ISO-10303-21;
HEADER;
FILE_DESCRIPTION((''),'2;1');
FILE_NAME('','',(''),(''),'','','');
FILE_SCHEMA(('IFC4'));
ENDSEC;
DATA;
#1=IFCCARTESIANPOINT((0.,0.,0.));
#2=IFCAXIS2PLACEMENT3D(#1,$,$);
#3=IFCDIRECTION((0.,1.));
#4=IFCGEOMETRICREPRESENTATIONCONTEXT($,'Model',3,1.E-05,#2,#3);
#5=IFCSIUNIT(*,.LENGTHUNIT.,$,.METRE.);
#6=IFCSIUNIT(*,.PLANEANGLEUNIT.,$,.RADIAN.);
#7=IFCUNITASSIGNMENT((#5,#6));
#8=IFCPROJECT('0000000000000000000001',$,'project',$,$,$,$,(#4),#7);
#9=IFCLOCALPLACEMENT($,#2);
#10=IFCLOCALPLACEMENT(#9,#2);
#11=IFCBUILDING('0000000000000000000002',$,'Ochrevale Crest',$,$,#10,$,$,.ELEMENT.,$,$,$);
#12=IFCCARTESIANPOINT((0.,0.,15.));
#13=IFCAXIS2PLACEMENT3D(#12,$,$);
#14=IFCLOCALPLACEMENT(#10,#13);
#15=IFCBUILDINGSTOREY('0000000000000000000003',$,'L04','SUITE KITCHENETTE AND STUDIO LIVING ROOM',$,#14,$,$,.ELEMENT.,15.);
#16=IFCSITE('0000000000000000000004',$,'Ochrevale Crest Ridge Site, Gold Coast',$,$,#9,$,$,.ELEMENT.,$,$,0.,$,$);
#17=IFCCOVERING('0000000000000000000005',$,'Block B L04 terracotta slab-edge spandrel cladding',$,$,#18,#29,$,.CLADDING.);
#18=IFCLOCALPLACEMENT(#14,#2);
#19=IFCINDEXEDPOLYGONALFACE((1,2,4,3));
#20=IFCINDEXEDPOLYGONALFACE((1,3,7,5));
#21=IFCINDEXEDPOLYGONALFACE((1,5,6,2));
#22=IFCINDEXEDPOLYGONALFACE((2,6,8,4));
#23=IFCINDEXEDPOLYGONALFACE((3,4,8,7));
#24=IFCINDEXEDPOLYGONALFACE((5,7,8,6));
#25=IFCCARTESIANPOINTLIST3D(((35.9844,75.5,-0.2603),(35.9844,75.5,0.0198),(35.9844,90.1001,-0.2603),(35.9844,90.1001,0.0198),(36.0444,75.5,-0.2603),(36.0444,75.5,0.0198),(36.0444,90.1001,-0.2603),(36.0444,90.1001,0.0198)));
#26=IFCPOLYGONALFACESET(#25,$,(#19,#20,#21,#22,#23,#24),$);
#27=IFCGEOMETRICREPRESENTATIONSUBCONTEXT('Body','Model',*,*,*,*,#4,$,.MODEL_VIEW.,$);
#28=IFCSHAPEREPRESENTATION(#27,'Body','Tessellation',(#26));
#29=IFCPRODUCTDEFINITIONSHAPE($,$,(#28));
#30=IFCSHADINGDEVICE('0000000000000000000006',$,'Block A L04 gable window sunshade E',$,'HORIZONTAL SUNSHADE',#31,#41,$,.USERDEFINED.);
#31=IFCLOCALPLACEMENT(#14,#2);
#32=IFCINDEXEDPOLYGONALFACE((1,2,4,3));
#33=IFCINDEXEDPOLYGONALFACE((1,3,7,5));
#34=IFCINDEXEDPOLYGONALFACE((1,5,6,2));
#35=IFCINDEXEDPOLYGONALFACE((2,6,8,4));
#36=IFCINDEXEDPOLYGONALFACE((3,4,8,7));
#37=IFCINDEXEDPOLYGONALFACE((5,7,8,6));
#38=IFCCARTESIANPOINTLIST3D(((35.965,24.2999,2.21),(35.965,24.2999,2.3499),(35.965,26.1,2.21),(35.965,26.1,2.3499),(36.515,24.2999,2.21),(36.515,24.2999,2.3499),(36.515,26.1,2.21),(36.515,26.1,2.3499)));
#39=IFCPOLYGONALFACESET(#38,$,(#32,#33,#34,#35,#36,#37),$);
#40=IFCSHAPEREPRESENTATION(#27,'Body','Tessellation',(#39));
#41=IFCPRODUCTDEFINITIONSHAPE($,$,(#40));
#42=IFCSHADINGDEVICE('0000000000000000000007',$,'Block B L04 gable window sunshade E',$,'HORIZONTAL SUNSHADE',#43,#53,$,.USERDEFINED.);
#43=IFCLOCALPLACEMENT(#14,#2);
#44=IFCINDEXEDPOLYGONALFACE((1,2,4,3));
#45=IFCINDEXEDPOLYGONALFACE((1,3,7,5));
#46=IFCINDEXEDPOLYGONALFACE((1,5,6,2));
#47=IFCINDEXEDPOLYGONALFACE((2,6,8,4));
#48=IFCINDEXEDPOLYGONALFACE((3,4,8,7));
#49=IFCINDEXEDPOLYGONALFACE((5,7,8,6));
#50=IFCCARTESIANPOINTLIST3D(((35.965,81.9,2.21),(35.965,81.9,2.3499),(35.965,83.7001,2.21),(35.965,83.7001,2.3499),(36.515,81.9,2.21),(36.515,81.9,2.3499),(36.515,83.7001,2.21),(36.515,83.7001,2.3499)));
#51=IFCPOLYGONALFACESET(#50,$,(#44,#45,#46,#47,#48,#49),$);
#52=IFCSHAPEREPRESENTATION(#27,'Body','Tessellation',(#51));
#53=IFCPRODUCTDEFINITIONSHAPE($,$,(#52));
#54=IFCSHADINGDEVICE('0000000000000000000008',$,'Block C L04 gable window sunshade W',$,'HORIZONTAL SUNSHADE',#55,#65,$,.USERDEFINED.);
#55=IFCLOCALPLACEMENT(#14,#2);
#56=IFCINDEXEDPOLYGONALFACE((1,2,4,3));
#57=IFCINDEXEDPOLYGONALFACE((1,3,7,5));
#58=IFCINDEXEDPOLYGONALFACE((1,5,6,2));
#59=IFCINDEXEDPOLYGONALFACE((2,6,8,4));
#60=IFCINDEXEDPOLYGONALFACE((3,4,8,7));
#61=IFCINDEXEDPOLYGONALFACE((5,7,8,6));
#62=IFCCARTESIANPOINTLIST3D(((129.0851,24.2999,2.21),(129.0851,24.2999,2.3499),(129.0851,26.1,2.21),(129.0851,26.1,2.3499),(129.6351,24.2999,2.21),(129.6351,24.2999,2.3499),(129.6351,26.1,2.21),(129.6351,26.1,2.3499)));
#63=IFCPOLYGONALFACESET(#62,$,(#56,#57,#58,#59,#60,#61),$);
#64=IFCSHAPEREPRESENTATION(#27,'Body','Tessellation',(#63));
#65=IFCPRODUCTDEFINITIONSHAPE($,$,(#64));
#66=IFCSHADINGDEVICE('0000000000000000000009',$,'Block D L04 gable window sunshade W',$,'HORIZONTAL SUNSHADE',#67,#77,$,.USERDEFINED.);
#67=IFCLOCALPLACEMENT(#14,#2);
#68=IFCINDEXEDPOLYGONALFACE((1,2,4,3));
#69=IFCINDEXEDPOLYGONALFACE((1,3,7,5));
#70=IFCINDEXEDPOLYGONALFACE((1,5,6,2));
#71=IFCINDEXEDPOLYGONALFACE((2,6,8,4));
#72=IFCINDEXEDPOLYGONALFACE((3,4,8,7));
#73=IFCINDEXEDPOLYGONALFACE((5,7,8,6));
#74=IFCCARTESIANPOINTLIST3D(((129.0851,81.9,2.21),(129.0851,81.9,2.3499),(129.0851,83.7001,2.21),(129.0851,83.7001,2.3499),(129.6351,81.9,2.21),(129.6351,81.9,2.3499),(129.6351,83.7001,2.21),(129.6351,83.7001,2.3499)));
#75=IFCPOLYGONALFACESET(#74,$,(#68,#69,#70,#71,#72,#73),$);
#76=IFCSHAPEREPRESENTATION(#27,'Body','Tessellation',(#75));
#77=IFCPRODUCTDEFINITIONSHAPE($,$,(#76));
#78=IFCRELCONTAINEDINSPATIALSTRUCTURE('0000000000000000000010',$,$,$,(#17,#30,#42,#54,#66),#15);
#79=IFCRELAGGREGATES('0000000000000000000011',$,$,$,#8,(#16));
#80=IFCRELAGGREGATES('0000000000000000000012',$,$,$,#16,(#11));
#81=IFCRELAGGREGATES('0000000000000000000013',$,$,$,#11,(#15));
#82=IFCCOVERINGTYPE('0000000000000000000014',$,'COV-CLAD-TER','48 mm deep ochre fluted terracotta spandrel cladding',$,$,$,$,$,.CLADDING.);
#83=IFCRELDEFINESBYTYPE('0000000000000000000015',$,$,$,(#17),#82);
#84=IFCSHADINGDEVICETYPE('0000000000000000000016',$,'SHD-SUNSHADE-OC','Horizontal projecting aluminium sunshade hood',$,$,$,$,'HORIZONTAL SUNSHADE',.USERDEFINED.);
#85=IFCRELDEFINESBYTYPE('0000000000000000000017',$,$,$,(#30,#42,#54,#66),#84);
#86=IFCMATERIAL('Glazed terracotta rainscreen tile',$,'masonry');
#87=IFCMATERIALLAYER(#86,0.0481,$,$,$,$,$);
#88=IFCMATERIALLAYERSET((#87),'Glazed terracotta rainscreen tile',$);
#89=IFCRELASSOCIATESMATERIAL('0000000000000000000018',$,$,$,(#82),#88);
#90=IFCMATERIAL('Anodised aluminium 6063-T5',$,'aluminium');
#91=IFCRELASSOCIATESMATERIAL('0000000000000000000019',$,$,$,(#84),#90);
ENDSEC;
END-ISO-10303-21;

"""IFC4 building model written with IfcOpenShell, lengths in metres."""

from ifc_helpers import new_model, si_unit, direction, frame, origin, origin_2d, place, context, subcontext, project, spatial, rectangle, extrude, material, layer, layer_set, type_object, element, save


model = new_model("IFC4")

# Units and contexts
model_context = context("Model", 3, precision=1e-05, world=origin(), true_north=direction((0.0, 1.0)))
body_context = subcontext(model_context, "Body", "Model", "MODEL_VIEW")
ifc_project = project(units=[si_unit("LENGTHUNIT", "METRE"), si_unit("PLANEANGLEUNIT", "RADIAN")], contexts=[model_context])

# Site, building, storey
site_placement = place(None, origin())
site = spatial("IfcSite", under=ifc_project, at=site_placement, Name="Ochrevale Crest Ridge Site, Gold Coast", CompositionType="ELEMENT", RefElevation=0.0)
building_placement = place(site_placement, origin())
building = spatial("IfcBuilding", under=site, at=building_placement, Name="Ochrevale Crest", CompositionType="ELEMENT")
storey_placement = place(building_placement, frame((0.0, 0.0, 15.0)))
storey = spatial("IfcBuildingStorey", under=building, at=storey_placement, Name="L04", Description="SUITE KITCHENETTE AND STUDIO LIVING ROOM", CompositionType="ELEMENT", Elevation=15.0)

# Shared definitions
ifc_material_1 = material(Name="Anodised aluminium 6063-T5", Category="aluminium")

# Covering
ifc_material_2 = material(Name="Glazed terracotta rainscreen tile", Category="masonry")
ifc_layer_1 = layer(ifc_material_2, 0.0481)
ifc_layer_set_1 = layer_set([ifc_layer_1], Name="Glazed terracotta rainscreen tile")
covering_type = type_object("IfcCoveringType", Name="COV-CLAD-TER", Description="48 mm deep ochre fluted terracotta spandrel cladding", PredefinedType="CLADDING", material=ifc_layer_set_1)
covering_1_placement = place(storey_placement, frame((36.0144, 82.8, -0.2603), z_axis=(0.0, 0.0, 1.0), x_axis=(0.0, 1.0, 0.0)))
element("IfcCovering", 1, at=covering_1_placement, inside=storey, type_object=covering_type, Name="Block B L04 terracotta slab-edge spandrel cladding", PredefinedType="CLADDING", context=body_context, shape_type="SweptSolid", body=[
    extrude(rectangle(XDim=14.6001, YDim=0.0601, at=origin_2d()), origin(), (0.0, 0.0, 1.0), 0.28),
])

# Shading devices
shading_device_type = type_object("IfcShadingDeviceType", Name="SHD-SUNSHADE-OC", Description="Horizontal projecting aluminium sunshade hood", ElementType="HORIZONTAL SUNSHADE", PredefinedType="USERDEFINED", material=ifc_material_1)
for number, where, z_axis, x_axis, name in (
    (2, (36.24, 25.2, 2.21), (0.0, 0.0, 1.0), (1.0, 0.0, 0.0), "Block A L04 gable window sunshade E"),
    (3, (36.24, 82.8, 2.21), (0.0, 0.0, 1.0), (1.0, 0.0, 0.0), "Block B L04 gable window sunshade E"),
    (4, (129.3601, 25.2, 2.21), (0.0, 0.0, 1.0), (1.0, 0.0, 0.0), "Block C L04 gable window sunshade W"),
    (5, (129.3601, 82.8, 2.21), (0.0, 0.0, 1.0), (1.0, 0.0, 0.0), "Block D L04 gable window sunshade W"),
):
    element("IfcShadingDevice", number, at=place(storey_placement, frame(where, z_axis=z_axis, x_axis=x_axis)), inside=storey, type_object=shading_device_type, Name=name, ObjectType="HORIZONTAL SUNSHADE", PredefinedType="USERDEFINED", context=body_context, shape_type="SweptSolid", body=[
        extrude(rectangle(XDim=0.55, YDim=1.8, at=origin_2d()), origin(), (0.0, 0.0, 1.0), 0.1399),
    ])

save(model, "model.ifc")
